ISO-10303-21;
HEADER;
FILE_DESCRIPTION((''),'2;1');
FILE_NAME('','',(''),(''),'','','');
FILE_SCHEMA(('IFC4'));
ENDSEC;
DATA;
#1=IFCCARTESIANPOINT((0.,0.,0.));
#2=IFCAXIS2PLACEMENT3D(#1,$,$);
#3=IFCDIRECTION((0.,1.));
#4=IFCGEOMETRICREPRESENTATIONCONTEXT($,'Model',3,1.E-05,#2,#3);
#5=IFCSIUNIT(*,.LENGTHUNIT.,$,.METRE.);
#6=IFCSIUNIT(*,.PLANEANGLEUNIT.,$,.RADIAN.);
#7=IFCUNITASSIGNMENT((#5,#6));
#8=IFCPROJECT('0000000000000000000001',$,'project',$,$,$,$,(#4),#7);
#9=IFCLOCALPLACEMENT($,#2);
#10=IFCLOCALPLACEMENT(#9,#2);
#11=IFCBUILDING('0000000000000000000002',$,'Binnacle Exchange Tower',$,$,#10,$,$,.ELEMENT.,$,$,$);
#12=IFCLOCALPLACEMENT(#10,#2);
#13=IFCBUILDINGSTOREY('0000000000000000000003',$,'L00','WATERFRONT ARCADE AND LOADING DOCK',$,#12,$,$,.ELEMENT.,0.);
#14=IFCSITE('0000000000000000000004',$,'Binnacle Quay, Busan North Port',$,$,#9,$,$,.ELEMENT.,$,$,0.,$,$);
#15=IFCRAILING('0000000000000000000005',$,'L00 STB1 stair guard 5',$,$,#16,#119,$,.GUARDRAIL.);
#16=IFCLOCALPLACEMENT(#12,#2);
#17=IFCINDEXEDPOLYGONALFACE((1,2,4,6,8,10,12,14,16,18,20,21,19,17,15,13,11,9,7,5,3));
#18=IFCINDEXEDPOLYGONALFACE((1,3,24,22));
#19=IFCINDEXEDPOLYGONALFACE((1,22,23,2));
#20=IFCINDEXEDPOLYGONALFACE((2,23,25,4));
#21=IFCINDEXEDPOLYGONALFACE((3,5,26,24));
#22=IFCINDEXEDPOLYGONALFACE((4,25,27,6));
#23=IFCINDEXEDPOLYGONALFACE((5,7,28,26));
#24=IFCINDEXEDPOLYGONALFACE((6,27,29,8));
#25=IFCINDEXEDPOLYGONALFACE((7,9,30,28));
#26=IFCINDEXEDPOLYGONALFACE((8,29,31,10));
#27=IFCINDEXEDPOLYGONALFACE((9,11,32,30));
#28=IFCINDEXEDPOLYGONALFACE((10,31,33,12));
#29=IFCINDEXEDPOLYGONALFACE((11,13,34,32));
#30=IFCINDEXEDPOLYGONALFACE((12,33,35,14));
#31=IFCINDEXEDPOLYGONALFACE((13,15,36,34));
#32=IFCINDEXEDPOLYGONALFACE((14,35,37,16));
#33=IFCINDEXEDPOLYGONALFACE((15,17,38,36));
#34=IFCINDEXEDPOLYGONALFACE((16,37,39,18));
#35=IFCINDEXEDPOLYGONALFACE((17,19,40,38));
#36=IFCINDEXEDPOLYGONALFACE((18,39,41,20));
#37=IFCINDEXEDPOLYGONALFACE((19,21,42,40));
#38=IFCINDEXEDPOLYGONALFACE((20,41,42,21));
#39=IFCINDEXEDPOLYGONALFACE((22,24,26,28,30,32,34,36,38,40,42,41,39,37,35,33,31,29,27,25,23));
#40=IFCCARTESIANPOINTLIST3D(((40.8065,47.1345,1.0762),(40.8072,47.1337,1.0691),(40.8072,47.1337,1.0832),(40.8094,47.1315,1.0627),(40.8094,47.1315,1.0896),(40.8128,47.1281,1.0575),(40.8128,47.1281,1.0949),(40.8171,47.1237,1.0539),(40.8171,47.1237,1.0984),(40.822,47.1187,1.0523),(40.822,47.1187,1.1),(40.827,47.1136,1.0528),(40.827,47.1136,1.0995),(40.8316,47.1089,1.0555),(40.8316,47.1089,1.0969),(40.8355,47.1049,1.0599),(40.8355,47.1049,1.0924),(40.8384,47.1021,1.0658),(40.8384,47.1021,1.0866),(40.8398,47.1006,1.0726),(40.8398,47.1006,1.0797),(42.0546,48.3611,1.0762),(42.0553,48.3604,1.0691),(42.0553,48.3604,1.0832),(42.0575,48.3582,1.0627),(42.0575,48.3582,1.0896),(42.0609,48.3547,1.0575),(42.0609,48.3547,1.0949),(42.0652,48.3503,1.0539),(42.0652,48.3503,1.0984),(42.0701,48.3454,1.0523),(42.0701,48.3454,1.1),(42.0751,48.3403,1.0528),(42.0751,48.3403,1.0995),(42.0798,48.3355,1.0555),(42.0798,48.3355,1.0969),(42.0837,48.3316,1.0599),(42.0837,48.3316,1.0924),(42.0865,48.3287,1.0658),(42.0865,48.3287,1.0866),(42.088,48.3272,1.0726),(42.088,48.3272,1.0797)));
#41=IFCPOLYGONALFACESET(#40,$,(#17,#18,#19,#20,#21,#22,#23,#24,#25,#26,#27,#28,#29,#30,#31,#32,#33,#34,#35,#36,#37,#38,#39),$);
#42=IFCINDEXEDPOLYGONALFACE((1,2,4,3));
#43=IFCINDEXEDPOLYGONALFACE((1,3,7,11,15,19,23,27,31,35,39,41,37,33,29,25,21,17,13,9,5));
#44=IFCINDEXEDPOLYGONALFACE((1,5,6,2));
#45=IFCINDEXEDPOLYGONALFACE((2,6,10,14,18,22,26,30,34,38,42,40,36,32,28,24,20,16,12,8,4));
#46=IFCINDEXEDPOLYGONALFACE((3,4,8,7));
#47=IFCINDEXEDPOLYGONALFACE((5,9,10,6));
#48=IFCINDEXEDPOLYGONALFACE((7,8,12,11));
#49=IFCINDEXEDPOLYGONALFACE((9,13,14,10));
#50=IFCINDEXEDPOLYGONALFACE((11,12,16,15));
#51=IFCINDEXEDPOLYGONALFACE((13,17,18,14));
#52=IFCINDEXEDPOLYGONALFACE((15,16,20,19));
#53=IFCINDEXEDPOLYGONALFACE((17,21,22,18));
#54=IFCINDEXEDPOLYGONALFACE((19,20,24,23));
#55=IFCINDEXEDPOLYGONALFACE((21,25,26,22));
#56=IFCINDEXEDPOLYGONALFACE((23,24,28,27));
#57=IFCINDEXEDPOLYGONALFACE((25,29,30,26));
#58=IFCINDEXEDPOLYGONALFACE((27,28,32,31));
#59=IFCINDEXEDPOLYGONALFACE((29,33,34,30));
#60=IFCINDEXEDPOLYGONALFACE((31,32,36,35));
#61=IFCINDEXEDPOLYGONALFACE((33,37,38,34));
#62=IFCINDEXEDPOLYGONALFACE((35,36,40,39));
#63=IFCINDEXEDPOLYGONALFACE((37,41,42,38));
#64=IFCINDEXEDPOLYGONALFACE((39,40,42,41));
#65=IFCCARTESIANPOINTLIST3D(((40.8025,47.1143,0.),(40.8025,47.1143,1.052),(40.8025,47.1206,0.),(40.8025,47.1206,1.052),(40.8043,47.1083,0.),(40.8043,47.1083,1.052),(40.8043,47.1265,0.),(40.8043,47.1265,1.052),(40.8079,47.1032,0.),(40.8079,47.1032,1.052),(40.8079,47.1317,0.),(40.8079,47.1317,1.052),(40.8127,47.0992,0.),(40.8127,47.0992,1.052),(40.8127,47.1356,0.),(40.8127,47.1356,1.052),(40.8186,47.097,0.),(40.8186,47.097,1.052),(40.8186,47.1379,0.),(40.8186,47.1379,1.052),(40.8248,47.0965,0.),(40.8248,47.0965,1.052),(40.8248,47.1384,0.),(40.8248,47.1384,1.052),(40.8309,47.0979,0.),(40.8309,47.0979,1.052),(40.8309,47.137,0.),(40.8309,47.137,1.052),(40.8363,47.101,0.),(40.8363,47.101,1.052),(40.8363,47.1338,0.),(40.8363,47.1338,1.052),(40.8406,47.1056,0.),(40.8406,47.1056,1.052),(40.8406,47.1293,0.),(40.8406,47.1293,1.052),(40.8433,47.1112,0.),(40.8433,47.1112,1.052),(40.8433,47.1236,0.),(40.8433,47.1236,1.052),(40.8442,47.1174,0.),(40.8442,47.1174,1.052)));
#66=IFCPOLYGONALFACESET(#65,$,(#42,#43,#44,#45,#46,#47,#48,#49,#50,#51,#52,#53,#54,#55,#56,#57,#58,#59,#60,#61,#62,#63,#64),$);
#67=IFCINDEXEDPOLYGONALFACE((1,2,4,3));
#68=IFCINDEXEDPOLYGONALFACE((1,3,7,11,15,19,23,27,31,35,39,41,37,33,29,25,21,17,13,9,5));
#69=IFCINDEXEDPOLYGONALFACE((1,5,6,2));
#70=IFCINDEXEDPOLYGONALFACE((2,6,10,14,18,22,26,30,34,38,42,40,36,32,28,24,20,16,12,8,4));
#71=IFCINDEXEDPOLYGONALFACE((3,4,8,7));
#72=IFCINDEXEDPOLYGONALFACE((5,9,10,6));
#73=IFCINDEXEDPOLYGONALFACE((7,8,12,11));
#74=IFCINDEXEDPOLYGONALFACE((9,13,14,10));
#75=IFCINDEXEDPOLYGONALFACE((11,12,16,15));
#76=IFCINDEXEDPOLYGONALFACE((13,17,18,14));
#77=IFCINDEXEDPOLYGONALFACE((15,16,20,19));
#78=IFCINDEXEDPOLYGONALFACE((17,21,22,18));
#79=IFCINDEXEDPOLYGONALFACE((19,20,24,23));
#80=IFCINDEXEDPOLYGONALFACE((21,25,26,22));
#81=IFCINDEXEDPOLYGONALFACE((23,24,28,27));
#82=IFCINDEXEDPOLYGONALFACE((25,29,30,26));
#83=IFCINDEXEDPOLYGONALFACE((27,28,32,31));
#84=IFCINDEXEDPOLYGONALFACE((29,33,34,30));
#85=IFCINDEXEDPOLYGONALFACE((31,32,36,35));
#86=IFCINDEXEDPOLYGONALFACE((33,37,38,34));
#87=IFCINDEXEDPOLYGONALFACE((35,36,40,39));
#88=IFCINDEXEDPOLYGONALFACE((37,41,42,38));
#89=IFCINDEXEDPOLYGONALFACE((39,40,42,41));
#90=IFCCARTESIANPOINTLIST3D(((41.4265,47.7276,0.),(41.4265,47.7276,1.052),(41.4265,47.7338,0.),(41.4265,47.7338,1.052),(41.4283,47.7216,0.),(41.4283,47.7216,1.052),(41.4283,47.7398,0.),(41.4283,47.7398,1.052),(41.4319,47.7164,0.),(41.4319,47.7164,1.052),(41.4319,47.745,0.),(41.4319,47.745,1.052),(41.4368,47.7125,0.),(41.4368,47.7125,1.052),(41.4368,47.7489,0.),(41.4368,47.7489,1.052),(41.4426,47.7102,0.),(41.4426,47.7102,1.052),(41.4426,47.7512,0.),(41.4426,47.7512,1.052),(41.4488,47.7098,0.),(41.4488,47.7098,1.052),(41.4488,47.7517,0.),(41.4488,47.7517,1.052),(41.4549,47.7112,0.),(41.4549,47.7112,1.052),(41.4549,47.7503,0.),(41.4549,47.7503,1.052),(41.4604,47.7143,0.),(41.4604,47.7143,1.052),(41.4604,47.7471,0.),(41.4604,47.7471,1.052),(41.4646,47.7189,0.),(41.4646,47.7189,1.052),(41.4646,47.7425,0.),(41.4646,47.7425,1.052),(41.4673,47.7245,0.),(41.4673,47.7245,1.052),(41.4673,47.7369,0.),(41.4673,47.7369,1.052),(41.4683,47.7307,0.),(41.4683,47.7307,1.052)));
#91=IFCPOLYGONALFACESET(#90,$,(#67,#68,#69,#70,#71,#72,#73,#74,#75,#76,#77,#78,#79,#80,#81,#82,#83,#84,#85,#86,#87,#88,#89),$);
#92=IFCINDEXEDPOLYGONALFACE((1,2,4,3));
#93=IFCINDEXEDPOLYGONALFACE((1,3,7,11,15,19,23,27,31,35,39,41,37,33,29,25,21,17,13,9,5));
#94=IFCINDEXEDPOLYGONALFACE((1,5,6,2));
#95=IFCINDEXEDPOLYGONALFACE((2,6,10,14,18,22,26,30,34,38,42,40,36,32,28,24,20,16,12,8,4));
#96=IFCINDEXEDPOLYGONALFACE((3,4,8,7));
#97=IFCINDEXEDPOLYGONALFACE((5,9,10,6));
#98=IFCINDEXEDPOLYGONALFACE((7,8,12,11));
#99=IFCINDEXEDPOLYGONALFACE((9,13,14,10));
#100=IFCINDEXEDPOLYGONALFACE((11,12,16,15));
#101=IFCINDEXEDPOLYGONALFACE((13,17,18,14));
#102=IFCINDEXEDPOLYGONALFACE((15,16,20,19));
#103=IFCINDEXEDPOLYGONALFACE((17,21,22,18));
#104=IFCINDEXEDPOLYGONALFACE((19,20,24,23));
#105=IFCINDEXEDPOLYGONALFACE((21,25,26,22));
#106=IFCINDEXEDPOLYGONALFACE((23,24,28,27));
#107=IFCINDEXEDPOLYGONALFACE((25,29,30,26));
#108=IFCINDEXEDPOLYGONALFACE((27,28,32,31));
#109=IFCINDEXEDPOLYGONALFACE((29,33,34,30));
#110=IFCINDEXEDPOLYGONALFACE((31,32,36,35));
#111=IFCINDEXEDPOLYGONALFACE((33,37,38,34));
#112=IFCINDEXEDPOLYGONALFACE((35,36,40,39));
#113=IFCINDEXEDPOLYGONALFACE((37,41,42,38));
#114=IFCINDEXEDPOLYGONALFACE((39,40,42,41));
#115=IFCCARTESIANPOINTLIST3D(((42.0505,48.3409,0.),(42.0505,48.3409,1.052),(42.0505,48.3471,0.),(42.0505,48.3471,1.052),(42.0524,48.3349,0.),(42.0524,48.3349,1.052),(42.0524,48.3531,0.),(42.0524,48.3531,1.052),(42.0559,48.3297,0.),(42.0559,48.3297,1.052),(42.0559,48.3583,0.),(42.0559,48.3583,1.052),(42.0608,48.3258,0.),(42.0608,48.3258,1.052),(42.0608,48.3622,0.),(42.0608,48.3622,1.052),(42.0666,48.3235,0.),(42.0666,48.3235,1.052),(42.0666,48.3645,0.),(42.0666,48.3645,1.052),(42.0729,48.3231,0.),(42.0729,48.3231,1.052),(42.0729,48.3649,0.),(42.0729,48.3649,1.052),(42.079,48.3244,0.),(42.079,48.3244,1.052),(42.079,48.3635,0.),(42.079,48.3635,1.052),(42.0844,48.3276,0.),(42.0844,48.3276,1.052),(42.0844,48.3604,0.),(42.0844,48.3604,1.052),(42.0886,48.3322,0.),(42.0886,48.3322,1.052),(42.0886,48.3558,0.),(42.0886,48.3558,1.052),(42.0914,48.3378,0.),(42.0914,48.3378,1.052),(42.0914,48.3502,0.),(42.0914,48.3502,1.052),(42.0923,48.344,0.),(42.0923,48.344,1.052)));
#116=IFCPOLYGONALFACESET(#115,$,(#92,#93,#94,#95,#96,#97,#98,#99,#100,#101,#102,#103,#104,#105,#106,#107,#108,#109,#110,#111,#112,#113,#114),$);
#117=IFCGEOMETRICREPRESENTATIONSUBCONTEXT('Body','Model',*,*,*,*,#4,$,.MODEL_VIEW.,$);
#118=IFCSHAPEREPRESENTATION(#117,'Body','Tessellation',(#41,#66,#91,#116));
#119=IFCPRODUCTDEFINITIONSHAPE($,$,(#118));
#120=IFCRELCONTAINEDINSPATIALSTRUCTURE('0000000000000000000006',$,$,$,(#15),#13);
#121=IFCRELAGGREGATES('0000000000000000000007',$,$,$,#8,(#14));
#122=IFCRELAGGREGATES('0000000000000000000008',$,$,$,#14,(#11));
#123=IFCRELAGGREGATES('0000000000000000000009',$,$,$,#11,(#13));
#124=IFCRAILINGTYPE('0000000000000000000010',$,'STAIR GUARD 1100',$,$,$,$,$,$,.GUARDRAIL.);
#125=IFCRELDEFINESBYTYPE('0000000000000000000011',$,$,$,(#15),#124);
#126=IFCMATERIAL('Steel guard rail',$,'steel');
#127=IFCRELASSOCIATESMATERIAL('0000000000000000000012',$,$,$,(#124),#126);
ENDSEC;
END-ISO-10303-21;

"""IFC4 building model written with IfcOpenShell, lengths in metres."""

from ifc_helpers import new_model, si_unit, direction, frame, origin, origin_2d, place, context, subcontext, project, spatial, circle, extrude, material, type_object, element, save


model = new_model("IFC4")

# Units and contexts
model_context = context("Model", 3, precision=1e-05, world=origin(), true_north=direction((0.0, 1.0)))
body_context = subcontext(model_context, "Body", "Model", "MODEL_VIEW")
ifc_project = project(units=[si_unit("LENGTHUNIT", "METRE"), si_unit("PLANEANGLEUNIT", "RADIAN")], contexts=[model_context])

# Site, building, storey
site_placement = place(None, origin())
site = spatial("IfcSite", under=ifc_project, at=site_placement, Name="Binnacle Quay, Busan North Port", CompositionType="ELEMENT", RefElevation=0.0)
building_placement = place(site_placement, origin())
building = spatial("IfcBuilding", under=site, at=building_placement, Name="Binnacle Exchange Tower", CompositionType="ELEMENT")
storey_placement = place(building_placement, origin())
storey = spatial("IfcBuildingStorey", under=building, at=storey_placement, Name="L00", Description="WATERFRONT ARCADE AND LOADING DOCK", CompositionType="ELEMENT", Elevation=0.0)

# Railing
ifc_material_1 = material(Name="Steel guard rail", Category="steel")
railing_type = type_object("IfcRailingType", Name="STAIR GUARD 1100", PredefinedType="GUARDRAIL", material=ifc_material_1)
railing_placement = place(storey_placement, frame((40.8232, 47.1174, 0.0)))
element("IfcRailing", 1, at=railing_placement, inside=storey, type_object=railing_type, Name="L00 STB1 stair guard 5", PredefinedType="GUARDRAIL", context=body_context, shape_type="SweptSolid", body=[
    extrude(circle(Radius=0.0239, at=origin_2d()), frame((0.0, 0.0, 1.0762), z_axis=(0.713219, 0.700941, 0.0), x_axis=(-0.700941, 0.713219, 0.0)), (0.0, 0.0, 1.0), 1.75),
    extrude(circle(Radius=0.021, at=origin_2d()), origin(), (0.0, 0.0, 1.0), 1.052),
    extrude(circle(Radius=0.021, at=origin_2d()), frame((0.624, 0.6133, 0.0)), (0.0, 0.0, 1.0), 1.052),
    extrude(circle(Radius=0.021, at=origin_2d()), frame((1.248, 1.2266, 0.0)), (0.0, 0.0, 1.0), 1.052),
])

save(model, "model.ifc")
